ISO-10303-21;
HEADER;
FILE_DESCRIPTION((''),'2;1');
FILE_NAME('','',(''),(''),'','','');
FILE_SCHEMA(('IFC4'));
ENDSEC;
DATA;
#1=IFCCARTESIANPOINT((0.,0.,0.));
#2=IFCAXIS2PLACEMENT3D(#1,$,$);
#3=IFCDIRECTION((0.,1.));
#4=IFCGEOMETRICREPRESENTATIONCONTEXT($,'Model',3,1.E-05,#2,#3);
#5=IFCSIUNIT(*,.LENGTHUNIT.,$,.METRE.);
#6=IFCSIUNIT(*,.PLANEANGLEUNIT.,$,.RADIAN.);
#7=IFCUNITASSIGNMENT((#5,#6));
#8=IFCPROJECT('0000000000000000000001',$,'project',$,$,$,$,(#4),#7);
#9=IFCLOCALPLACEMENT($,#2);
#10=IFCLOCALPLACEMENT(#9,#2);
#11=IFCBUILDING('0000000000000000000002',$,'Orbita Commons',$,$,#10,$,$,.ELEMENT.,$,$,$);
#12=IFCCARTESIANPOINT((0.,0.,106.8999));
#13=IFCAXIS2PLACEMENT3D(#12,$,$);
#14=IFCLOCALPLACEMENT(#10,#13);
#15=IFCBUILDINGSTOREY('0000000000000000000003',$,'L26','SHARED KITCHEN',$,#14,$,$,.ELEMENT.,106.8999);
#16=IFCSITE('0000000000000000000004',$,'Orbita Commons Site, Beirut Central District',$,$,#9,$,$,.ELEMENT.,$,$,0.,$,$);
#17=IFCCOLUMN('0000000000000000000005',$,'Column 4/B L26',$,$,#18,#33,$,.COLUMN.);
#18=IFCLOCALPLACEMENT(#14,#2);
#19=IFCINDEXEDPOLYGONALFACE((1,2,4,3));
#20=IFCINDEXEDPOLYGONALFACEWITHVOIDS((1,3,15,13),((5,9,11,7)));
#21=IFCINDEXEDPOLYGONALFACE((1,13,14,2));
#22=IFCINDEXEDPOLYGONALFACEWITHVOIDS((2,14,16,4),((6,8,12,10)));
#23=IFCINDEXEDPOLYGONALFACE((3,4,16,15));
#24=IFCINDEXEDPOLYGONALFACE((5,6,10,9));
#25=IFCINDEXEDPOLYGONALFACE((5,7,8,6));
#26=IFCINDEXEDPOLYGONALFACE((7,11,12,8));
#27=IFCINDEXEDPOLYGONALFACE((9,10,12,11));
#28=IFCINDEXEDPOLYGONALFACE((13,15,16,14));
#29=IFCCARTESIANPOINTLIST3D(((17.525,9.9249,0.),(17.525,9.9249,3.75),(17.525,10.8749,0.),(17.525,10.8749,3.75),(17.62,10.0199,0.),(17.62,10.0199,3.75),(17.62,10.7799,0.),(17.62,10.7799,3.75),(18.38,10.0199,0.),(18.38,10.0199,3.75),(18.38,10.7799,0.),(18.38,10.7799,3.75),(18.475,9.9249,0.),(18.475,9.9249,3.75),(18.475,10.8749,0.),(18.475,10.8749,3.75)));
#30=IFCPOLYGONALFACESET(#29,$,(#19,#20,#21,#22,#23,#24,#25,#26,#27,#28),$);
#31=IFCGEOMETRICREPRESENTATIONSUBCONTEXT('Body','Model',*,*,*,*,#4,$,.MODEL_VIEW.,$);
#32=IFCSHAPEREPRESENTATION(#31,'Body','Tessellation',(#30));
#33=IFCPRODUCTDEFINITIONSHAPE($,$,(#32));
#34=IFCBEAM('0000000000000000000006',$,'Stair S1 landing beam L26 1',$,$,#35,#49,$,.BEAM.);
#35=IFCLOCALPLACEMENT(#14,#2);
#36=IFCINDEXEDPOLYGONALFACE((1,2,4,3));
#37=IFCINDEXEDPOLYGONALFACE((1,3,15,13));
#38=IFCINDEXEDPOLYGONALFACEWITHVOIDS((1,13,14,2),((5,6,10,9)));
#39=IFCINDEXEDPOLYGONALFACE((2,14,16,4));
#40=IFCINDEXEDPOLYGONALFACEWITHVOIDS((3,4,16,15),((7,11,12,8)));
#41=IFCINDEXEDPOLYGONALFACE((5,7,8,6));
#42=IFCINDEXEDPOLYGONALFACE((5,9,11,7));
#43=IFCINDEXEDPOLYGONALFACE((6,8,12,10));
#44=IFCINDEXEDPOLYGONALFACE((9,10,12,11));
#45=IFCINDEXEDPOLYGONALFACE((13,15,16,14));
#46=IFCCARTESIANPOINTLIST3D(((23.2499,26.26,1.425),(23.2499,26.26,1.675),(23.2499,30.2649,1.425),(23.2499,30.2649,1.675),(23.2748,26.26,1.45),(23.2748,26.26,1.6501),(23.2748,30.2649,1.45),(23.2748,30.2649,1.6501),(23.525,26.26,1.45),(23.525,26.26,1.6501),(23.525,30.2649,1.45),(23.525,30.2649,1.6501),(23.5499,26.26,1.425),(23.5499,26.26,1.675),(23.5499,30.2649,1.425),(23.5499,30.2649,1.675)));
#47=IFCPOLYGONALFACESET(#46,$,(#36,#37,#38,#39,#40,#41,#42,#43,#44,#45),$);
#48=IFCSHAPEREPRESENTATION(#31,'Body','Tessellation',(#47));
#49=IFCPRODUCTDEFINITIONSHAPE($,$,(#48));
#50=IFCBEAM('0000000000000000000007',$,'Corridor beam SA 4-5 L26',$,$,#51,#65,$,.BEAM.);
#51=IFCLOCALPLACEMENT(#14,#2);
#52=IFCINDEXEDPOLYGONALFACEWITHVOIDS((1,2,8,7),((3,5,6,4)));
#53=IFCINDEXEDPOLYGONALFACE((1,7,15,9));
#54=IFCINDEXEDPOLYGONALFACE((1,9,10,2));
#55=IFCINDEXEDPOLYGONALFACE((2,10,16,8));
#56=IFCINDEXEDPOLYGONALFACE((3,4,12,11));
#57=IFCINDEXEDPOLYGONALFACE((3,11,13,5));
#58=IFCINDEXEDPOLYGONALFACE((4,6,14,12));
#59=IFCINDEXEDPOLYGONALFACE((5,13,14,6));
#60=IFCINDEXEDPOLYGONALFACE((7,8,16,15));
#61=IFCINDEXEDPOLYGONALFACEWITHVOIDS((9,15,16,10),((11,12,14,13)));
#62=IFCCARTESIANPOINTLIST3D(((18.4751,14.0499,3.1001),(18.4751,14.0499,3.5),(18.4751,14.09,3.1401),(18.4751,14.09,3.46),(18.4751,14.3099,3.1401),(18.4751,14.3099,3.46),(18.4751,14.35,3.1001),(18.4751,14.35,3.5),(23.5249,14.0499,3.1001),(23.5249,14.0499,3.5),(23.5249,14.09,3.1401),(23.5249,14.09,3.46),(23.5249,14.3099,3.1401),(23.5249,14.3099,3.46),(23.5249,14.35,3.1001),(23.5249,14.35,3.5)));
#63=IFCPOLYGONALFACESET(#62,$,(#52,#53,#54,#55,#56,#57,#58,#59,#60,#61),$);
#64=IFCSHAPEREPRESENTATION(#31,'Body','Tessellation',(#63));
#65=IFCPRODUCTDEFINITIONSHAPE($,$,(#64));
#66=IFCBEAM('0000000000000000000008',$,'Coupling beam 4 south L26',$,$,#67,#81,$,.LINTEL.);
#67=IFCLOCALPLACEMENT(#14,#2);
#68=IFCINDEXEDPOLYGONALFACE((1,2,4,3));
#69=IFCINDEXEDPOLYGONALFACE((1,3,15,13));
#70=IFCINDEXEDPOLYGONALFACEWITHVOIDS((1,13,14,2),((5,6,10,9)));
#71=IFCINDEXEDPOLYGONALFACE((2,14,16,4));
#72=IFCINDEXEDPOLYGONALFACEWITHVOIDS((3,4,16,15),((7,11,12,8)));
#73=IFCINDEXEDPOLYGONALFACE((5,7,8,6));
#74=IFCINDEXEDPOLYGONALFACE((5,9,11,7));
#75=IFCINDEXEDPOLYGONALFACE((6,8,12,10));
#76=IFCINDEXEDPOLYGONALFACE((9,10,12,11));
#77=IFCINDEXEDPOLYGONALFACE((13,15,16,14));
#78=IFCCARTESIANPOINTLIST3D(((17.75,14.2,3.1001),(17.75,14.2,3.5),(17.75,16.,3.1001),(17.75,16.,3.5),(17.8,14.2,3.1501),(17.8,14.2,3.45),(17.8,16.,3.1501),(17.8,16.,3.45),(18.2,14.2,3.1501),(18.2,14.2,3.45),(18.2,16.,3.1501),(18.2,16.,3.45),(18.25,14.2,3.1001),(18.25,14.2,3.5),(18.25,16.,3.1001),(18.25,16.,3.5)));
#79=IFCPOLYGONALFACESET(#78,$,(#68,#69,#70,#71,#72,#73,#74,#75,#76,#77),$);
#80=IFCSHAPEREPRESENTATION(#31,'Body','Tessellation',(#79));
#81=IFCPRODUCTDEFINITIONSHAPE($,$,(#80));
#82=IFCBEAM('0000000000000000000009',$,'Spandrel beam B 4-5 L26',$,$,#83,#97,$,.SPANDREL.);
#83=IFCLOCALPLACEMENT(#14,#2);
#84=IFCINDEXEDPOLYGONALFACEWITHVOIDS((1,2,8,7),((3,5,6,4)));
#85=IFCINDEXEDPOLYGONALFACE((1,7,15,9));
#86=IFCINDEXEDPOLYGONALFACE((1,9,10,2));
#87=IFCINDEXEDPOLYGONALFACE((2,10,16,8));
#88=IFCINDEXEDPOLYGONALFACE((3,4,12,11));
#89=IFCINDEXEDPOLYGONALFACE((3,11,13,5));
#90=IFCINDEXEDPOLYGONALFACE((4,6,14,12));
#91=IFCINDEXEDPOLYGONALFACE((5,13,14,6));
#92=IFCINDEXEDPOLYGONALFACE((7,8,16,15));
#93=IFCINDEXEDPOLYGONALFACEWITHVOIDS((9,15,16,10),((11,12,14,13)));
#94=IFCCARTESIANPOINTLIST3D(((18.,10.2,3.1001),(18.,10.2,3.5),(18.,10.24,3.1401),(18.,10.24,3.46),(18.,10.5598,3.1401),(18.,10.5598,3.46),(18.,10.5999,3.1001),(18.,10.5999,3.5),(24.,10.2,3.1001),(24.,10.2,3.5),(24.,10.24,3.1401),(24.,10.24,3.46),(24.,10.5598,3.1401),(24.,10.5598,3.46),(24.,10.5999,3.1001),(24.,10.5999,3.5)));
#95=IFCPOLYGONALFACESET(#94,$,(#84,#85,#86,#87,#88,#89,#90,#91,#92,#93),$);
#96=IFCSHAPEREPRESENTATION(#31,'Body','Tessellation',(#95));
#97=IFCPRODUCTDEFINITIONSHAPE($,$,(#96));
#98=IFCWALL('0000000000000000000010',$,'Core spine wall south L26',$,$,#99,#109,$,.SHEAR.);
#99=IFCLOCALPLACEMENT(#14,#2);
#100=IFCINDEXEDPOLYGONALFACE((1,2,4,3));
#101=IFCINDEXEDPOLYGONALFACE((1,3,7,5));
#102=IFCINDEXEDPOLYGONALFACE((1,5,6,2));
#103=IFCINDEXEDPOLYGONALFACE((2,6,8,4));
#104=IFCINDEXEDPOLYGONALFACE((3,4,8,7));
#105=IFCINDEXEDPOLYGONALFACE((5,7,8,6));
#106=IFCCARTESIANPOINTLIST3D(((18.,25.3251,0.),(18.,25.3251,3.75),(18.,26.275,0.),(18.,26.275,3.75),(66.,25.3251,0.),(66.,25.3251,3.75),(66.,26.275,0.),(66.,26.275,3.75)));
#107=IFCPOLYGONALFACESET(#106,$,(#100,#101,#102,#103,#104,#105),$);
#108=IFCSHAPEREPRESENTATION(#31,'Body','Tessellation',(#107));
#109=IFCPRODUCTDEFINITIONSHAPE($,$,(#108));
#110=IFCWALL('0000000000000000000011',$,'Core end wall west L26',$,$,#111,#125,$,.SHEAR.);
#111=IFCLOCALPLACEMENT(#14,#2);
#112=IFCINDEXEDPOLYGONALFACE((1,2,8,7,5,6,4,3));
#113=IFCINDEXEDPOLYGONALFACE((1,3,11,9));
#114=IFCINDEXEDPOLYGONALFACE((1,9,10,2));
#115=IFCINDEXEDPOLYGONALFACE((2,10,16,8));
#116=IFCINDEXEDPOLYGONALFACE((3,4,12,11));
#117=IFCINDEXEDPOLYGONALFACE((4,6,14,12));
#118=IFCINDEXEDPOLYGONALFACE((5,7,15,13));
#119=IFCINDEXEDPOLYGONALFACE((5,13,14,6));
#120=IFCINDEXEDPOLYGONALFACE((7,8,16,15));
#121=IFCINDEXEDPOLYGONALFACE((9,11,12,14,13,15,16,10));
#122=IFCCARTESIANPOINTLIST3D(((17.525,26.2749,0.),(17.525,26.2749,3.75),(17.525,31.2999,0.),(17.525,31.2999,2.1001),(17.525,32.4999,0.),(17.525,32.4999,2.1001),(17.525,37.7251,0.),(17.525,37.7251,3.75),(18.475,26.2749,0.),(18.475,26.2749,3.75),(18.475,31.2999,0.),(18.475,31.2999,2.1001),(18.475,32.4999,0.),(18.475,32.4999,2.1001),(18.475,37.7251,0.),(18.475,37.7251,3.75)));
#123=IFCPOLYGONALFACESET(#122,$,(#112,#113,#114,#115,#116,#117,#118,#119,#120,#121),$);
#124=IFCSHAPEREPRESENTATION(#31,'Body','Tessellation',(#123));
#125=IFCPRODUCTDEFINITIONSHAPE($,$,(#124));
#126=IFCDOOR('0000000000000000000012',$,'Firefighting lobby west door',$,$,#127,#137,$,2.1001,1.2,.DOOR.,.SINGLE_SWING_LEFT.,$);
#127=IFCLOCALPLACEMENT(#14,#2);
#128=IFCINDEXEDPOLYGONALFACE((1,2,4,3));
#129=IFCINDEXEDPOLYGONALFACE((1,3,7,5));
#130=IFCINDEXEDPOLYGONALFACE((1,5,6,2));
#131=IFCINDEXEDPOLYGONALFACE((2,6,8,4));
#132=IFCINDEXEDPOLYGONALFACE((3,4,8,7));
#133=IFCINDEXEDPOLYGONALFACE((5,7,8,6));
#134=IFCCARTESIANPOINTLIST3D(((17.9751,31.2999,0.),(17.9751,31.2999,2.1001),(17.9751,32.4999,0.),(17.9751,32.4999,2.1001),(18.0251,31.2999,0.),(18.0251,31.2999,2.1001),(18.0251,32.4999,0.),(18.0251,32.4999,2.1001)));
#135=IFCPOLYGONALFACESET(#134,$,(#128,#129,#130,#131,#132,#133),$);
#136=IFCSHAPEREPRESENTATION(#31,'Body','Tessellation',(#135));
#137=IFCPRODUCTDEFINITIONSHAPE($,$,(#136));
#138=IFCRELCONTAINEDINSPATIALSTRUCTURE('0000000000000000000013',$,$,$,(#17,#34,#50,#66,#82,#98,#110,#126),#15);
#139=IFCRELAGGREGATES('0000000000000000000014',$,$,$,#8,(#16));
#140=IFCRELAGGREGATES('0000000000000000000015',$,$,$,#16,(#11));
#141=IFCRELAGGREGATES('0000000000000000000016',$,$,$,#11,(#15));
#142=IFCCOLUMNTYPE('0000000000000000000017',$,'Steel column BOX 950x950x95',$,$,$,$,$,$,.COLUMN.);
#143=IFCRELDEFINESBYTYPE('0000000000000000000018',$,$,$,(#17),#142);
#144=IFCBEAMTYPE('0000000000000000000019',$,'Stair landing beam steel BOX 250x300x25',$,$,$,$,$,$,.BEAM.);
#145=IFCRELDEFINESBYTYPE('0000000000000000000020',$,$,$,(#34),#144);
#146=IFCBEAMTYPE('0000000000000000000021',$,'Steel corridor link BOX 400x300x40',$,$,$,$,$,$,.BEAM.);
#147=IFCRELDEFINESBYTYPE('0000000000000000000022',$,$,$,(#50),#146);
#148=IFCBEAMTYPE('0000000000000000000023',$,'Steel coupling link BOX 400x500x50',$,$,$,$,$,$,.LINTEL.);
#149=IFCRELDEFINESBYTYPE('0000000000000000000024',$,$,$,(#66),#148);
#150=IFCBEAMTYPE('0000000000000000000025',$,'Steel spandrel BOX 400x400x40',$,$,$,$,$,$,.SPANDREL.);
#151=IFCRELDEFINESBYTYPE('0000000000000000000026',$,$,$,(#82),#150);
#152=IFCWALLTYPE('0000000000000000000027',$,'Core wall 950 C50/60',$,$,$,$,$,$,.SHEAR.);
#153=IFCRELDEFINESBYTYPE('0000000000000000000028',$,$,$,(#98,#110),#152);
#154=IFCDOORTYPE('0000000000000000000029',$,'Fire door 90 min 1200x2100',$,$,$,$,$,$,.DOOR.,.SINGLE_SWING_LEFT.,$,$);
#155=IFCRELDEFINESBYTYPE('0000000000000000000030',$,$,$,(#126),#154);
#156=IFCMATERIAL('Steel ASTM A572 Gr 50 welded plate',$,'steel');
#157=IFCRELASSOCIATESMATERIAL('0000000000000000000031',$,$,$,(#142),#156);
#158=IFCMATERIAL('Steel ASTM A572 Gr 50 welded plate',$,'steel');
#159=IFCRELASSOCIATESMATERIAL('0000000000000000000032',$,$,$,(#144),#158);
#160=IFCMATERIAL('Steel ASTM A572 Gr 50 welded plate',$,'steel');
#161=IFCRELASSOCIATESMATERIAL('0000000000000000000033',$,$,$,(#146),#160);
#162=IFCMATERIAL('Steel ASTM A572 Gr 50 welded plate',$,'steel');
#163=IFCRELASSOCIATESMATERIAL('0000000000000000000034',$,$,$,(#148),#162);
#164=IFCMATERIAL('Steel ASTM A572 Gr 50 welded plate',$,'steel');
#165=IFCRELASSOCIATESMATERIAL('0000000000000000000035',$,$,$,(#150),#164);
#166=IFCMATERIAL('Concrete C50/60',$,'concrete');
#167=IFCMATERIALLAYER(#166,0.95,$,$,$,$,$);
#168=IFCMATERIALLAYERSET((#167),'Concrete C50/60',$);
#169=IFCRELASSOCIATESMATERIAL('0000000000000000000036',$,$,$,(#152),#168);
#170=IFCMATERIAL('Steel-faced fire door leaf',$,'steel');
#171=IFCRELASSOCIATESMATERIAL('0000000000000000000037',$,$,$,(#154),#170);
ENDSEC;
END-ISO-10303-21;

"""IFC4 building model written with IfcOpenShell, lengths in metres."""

from ifc_helpers import new_model, si_unit, direction, frame, frame_2d, origin, origin_2d, place, context, subcontext, project, spatial, rectangle, hollow_rectangle, extrude, material, layer, layer_set, material_profile, profile_set, type_object, element, fill, save


model = new_model("IFC4")

# Units and contexts
model_context = context("Model", 3, precision=1e-05, world=origin(), true_north=direction((0.0, 1.0)))
body_context = subcontext(model_context, "Body", "Model", "MODEL_VIEW")
ifc_project = project(units=[si_unit("LENGTHUNIT", "METRE"), si_unit("PLANEANGLEUNIT", "RADIAN")], contexts=[model_context])

# Site, building, storey
site_placement = place(None, origin())
site = spatial("IfcSite", under=ifc_project, at=site_placement, Name="Orbita Commons Site, Beirut Central District", CompositionType="ELEMENT", RefElevation=0.0)
building_placement = place(site_placement, origin())
building = spatial("IfcBuilding", under=site, at=building_placement, Name="Orbita Commons", CompositionType="ELEMENT")
storey_placement = place(building_placement, frame((0.0, 0.0, 106.8999)))
storey = spatial("IfcBuildingStorey", under=building, at=storey_placement, Name="L26", Description="SHARED KITCHEN", CompositionType="ELEMENT", Elevation=106.8999)

# Column
ifc_material_1 = material(Name="Steel ASTM A572 Gr 50 welded plate", Category="steel")
ifc_material_profile_1 = material_profile(ifc_material_1, hollow_rectangle(XDim=0.95, YDim=0.95, WallThickness=0.095, at=origin_2d()), Name="BOX 950x950x95")
ifc_profile_set_1 = profile_set([ifc_material_profile_1], Name="Steel ASTM A572 Gr 50 welded plate")
column_type = type_object("IfcColumnType", Name="Steel column BOX 950x950x95", PredefinedType="COLUMN", material=ifc_profile_set_1)
column_placement = place(storey_placement, frame((18.0, 10.3999, 0.0), z_axis=(0.0, 0.0, 1.0), x_axis=(1.0, 0.0, 0.0)))
element("IfcColumn", 1, at=column_placement, inside=storey, type_object=column_type, Name="Column 4/B L26", PredefinedType="COLUMN", context=body_context, shape_type="SweptSolid", body=[
    extrude(hollow_rectangle(XDim=0.95, YDim=0.95, WallThickness=0.095, at=origin_2d()), origin(), (0.0, 0.0, 1.0), 3.75),
])

# Beams
ifc_material_2 = material(Name="Steel ASTM A572 Gr 50 welded plate", Category="steel")
ifc_material_profile_2 = material_profile(ifc_material_2, hollow_rectangle(XDim=0.3, YDim=0.25, WallThickness=0.0249, at=origin_2d()), Name="BOX 250x300x25")
ifc_profile_set_2 = profile_set([ifc_material_profile_2], Name="Steel ASTM A572 Gr 50 welded plate")
beam_type_1 = type_object("IfcBeamType", Name="Stair landing beam steel BOX 250x300x25", PredefinedType="BEAM", material=ifc_profile_set_2)
beam_1_placement = place(storey_placement, frame((23.3999, 26.26, 1.55), z_axis=(0.0, 1.0, 0.0), x_axis=(-1.0, 0.0, 0.0)))
element("IfcBeam", 2, at=beam_1_placement, inside=storey, type_object=beam_type_1, Name="Stair S1 landing beam L26 1", PredefinedType="BEAM", context=body_context, shape_type="SweptSolid", body=[
    extrude(hollow_rectangle(XDim=0.3, YDim=0.25, WallThickness=0.0249, at=origin_2d()), origin(), (0.0, 0.0, 1.0), 4.0049),
])
ifc_material_3 = material(Name="Steel ASTM A572 Gr 50 welded plate", Category="steel")
ifc_material_profile_3 = material_profile(ifc_material_3, hollow_rectangle(XDim=0.3, YDim=0.3999, WallThickness=0.04, at=origin_2d()), Name="BOX 400x300x40")
ifc_profile_set_3 = profile_set([ifc_material_profile_3], Name="Steel ASTM A572 Gr 50 welded plate")
beam_type_2 = type_object("IfcBeamType", Name="Steel corridor link BOX 400x300x40", PredefinedType="BEAM", material=ifc_profile_set_3)
beam_2_placement = place(storey_placement, frame((18.4751, 14.2, 3.3), z_axis=(1.0, 0.0, 0.0), x_axis=(0.0, 1.0, 0.0)))
element("IfcBeam", 3, at=beam_2_placement, inside=storey, type_object=beam_type_2, Name="Corridor beam SA 4-5 L26", PredefinedType="BEAM", context=body_context, shape_type="SweptSolid", body=[
    extrude(hollow_rectangle(XDim=0.3, YDim=0.3999, WallThickness=0.04, at=origin_2d()), origin(), (0.0, 0.0, 1.0), 5.0498),
])
ifc_material_4 = material(Name="Steel ASTM A572 Gr 50 welded plate", Category="steel")
ifc_material_profile_4 = material_profile(ifc_material_4, hollow_rectangle(XDim=0.5, YDim=0.3999, WallThickness=0.05, at=origin_2d()), Name="BOX 400x500x50")
ifc_profile_set_4 = profile_set([ifc_material_profile_4], Name="Steel ASTM A572 Gr 50 welded plate")
beam_type_3 = type_object("IfcBeamType", Name="Steel coupling link BOX 400x500x50", PredefinedType="LINTEL", material=ifc_profile_set_4)
beam_3_placement = place(storey_placement, frame((18.0, 14.2, 3.3), z_axis=(0.0, 1.0, 0.0), x_axis=(-1.0, 0.0, 0.0)))
element("IfcBeam", 4, at=beam_3_placement, inside=storey, type_object=beam_type_3, Name="Coupling beam 4 south L26", PredefinedType="LINTEL", context=body_context, shape_type="SweptSolid", body=[
    extrude(hollow_rectangle(XDim=0.5, YDim=0.3999, WallThickness=0.05, at=origin_2d()), origin(), (0.0, 0.0, 1.0), 1.8),
])
ifc_material_5 = material(Name="Steel ASTM A572 Gr 50 welded plate", Category="steel")
ifc_material_profile_5 = material_profile(ifc_material_5, hollow_rectangle(XDim=0.3999, YDim=0.3999, WallThickness=0.04, at=origin_2d()), Name="BOX 400x400x40")
ifc_profile_set_5 = profile_set([ifc_material_profile_5], Name="Steel ASTM A572 Gr 50 welded plate")
beam_type_4 = type_object("IfcBeamType", Name="Steel spandrel BOX 400x400x40", PredefinedType="SPANDREL", material=ifc_profile_set_5)
beam_4_placement = place(storey_placement, frame((18.0, 10.3999, 3.3), z_axis=(1.0, 0.0, 0.0), x_axis=(0.0, 1.0, 0.0)))
element("IfcBeam", 5, at=beam_4_placement, inside=storey, type_object=beam_type_4, Name="Spandrel beam B 4-5 L26", PredefinedType="SPANDREL", context=body_context, shape_type="SweptSolid", body=[
    extrude(hollow_rectangle(XDim=0.3999, YDim=0.3999, WallThickness=0.04, at=origin_2d()), origin(), (0.0, 0.0, 1.0), 6.0),
])

# Wall
ifc_material_6 = material(Name="Concrete C50/60", Category="concrete")
ifc_layer_1 = layer(ifc_material_6, 0.95)
ifc_layer_set_1 = layer_set([ifc_layer_1], Name="Concrete C50/60")
wall_type_1 = type_object("IfcWallType", Name="Core wall 950 C50/60", PredefinedType="SHEAR", material=ifc_layer_set_1)
wall_1_placement = place(storey_placement, frame((18.0, 25.8, 0.0), z_axis=(0.0, 0.0, 1.0), x_axis=(1.0, 0.0, 0.0)))
element("IfcWall", 6, at=wall_1_placement, inside=storey, type_object=wall_type_1, Name="Core spine wall south L26", PredefinedType="SHEAR", context=body_context, shape_type="SweptSolid", body=[
    extrude(rectangle(XDim=48.0, YDim=0.95, at=frame_2d((24.0, 0.0))), origin(), (0.0, 0.0, 1.0), 3.75),
])

# Wall, opening, door
wall_2_placement = place(storey_placement, frame((18.0, 26.2749, 0.0), z_axis=(0.0, 0.0, 1.0), x_axis=(0.0, 1.0, 0.0)))
wall_2 = element("IfcWall", 7, at=wall_2_placement, inside=storey, type_object=wall_type_1, Name="Core end wall west L26", PredefinedType="SHEAR", context=body_context, shape_type="SweptSolid", body=[
    extrude(rectangle(XDim=11.4502, YDim=0.95, at=frame_2d((5.7251, 0.0))), origin(), (0.0, 0.0, 1.0), 3.75),
])
opening_1_placement = place(wall_2_placement, frame((5.0249, 0.0, 0.0)))
opening_1 = element("IfcOpeningElement", 8, at=opening_1_placement, cuts=wall_2, PredefinedType="OPENING", context=body_context, shape_type="SweptSolid", body=[
    extrude(rectangle(XDim=1.2, YDim=2.1001, at=frame_2d((0.6001, 1.05))), frame((0.0, 0.4849, 0.0), z_axis=(0.0, -1.0, 0.0), x_axis=(1.0, 0.0, 0.0)), (0.0, 0.0, 1.0), 0.97),
])
ifc_material_7 = material(Name="Steel-faced fire door leaf", Category="steel")
door_type_1 = type_object("IfcDoorType", Name="Fire door 90 min 1200x2100", OperationType="SINGLE_SWING_LEFT", PredefinedType="DOOR", material=ifc_material_7)
door_1_placement = place(opening_1_placement, origin())
door_1 = element("IfcDoor", 9, at=door_1_placement, inside=storey, type_object=door_type_1, Name="Firefighting lobby west door", OperationType="SINGLE_SWING_LEFT", OverallHeight=2.1001, OverallWidth=1.2, PredefinedType="DOOR", context=body_context, shape_type="SweptSolid", body=[
    extrude(rectangle(XDim=1.2, YDim=2.1001, at=frame_2d((0.6001, 1.05))), frame((0.0, 0.0249, 0.0), z_axis=(0.0, -1.0, 0.0), x_axis=(1.0, 0.0, 0.0)), (0.0, 0.0, 1.0), 0.05),
])
fill(opening_1, door_1)

save(model, "model.ifc")
